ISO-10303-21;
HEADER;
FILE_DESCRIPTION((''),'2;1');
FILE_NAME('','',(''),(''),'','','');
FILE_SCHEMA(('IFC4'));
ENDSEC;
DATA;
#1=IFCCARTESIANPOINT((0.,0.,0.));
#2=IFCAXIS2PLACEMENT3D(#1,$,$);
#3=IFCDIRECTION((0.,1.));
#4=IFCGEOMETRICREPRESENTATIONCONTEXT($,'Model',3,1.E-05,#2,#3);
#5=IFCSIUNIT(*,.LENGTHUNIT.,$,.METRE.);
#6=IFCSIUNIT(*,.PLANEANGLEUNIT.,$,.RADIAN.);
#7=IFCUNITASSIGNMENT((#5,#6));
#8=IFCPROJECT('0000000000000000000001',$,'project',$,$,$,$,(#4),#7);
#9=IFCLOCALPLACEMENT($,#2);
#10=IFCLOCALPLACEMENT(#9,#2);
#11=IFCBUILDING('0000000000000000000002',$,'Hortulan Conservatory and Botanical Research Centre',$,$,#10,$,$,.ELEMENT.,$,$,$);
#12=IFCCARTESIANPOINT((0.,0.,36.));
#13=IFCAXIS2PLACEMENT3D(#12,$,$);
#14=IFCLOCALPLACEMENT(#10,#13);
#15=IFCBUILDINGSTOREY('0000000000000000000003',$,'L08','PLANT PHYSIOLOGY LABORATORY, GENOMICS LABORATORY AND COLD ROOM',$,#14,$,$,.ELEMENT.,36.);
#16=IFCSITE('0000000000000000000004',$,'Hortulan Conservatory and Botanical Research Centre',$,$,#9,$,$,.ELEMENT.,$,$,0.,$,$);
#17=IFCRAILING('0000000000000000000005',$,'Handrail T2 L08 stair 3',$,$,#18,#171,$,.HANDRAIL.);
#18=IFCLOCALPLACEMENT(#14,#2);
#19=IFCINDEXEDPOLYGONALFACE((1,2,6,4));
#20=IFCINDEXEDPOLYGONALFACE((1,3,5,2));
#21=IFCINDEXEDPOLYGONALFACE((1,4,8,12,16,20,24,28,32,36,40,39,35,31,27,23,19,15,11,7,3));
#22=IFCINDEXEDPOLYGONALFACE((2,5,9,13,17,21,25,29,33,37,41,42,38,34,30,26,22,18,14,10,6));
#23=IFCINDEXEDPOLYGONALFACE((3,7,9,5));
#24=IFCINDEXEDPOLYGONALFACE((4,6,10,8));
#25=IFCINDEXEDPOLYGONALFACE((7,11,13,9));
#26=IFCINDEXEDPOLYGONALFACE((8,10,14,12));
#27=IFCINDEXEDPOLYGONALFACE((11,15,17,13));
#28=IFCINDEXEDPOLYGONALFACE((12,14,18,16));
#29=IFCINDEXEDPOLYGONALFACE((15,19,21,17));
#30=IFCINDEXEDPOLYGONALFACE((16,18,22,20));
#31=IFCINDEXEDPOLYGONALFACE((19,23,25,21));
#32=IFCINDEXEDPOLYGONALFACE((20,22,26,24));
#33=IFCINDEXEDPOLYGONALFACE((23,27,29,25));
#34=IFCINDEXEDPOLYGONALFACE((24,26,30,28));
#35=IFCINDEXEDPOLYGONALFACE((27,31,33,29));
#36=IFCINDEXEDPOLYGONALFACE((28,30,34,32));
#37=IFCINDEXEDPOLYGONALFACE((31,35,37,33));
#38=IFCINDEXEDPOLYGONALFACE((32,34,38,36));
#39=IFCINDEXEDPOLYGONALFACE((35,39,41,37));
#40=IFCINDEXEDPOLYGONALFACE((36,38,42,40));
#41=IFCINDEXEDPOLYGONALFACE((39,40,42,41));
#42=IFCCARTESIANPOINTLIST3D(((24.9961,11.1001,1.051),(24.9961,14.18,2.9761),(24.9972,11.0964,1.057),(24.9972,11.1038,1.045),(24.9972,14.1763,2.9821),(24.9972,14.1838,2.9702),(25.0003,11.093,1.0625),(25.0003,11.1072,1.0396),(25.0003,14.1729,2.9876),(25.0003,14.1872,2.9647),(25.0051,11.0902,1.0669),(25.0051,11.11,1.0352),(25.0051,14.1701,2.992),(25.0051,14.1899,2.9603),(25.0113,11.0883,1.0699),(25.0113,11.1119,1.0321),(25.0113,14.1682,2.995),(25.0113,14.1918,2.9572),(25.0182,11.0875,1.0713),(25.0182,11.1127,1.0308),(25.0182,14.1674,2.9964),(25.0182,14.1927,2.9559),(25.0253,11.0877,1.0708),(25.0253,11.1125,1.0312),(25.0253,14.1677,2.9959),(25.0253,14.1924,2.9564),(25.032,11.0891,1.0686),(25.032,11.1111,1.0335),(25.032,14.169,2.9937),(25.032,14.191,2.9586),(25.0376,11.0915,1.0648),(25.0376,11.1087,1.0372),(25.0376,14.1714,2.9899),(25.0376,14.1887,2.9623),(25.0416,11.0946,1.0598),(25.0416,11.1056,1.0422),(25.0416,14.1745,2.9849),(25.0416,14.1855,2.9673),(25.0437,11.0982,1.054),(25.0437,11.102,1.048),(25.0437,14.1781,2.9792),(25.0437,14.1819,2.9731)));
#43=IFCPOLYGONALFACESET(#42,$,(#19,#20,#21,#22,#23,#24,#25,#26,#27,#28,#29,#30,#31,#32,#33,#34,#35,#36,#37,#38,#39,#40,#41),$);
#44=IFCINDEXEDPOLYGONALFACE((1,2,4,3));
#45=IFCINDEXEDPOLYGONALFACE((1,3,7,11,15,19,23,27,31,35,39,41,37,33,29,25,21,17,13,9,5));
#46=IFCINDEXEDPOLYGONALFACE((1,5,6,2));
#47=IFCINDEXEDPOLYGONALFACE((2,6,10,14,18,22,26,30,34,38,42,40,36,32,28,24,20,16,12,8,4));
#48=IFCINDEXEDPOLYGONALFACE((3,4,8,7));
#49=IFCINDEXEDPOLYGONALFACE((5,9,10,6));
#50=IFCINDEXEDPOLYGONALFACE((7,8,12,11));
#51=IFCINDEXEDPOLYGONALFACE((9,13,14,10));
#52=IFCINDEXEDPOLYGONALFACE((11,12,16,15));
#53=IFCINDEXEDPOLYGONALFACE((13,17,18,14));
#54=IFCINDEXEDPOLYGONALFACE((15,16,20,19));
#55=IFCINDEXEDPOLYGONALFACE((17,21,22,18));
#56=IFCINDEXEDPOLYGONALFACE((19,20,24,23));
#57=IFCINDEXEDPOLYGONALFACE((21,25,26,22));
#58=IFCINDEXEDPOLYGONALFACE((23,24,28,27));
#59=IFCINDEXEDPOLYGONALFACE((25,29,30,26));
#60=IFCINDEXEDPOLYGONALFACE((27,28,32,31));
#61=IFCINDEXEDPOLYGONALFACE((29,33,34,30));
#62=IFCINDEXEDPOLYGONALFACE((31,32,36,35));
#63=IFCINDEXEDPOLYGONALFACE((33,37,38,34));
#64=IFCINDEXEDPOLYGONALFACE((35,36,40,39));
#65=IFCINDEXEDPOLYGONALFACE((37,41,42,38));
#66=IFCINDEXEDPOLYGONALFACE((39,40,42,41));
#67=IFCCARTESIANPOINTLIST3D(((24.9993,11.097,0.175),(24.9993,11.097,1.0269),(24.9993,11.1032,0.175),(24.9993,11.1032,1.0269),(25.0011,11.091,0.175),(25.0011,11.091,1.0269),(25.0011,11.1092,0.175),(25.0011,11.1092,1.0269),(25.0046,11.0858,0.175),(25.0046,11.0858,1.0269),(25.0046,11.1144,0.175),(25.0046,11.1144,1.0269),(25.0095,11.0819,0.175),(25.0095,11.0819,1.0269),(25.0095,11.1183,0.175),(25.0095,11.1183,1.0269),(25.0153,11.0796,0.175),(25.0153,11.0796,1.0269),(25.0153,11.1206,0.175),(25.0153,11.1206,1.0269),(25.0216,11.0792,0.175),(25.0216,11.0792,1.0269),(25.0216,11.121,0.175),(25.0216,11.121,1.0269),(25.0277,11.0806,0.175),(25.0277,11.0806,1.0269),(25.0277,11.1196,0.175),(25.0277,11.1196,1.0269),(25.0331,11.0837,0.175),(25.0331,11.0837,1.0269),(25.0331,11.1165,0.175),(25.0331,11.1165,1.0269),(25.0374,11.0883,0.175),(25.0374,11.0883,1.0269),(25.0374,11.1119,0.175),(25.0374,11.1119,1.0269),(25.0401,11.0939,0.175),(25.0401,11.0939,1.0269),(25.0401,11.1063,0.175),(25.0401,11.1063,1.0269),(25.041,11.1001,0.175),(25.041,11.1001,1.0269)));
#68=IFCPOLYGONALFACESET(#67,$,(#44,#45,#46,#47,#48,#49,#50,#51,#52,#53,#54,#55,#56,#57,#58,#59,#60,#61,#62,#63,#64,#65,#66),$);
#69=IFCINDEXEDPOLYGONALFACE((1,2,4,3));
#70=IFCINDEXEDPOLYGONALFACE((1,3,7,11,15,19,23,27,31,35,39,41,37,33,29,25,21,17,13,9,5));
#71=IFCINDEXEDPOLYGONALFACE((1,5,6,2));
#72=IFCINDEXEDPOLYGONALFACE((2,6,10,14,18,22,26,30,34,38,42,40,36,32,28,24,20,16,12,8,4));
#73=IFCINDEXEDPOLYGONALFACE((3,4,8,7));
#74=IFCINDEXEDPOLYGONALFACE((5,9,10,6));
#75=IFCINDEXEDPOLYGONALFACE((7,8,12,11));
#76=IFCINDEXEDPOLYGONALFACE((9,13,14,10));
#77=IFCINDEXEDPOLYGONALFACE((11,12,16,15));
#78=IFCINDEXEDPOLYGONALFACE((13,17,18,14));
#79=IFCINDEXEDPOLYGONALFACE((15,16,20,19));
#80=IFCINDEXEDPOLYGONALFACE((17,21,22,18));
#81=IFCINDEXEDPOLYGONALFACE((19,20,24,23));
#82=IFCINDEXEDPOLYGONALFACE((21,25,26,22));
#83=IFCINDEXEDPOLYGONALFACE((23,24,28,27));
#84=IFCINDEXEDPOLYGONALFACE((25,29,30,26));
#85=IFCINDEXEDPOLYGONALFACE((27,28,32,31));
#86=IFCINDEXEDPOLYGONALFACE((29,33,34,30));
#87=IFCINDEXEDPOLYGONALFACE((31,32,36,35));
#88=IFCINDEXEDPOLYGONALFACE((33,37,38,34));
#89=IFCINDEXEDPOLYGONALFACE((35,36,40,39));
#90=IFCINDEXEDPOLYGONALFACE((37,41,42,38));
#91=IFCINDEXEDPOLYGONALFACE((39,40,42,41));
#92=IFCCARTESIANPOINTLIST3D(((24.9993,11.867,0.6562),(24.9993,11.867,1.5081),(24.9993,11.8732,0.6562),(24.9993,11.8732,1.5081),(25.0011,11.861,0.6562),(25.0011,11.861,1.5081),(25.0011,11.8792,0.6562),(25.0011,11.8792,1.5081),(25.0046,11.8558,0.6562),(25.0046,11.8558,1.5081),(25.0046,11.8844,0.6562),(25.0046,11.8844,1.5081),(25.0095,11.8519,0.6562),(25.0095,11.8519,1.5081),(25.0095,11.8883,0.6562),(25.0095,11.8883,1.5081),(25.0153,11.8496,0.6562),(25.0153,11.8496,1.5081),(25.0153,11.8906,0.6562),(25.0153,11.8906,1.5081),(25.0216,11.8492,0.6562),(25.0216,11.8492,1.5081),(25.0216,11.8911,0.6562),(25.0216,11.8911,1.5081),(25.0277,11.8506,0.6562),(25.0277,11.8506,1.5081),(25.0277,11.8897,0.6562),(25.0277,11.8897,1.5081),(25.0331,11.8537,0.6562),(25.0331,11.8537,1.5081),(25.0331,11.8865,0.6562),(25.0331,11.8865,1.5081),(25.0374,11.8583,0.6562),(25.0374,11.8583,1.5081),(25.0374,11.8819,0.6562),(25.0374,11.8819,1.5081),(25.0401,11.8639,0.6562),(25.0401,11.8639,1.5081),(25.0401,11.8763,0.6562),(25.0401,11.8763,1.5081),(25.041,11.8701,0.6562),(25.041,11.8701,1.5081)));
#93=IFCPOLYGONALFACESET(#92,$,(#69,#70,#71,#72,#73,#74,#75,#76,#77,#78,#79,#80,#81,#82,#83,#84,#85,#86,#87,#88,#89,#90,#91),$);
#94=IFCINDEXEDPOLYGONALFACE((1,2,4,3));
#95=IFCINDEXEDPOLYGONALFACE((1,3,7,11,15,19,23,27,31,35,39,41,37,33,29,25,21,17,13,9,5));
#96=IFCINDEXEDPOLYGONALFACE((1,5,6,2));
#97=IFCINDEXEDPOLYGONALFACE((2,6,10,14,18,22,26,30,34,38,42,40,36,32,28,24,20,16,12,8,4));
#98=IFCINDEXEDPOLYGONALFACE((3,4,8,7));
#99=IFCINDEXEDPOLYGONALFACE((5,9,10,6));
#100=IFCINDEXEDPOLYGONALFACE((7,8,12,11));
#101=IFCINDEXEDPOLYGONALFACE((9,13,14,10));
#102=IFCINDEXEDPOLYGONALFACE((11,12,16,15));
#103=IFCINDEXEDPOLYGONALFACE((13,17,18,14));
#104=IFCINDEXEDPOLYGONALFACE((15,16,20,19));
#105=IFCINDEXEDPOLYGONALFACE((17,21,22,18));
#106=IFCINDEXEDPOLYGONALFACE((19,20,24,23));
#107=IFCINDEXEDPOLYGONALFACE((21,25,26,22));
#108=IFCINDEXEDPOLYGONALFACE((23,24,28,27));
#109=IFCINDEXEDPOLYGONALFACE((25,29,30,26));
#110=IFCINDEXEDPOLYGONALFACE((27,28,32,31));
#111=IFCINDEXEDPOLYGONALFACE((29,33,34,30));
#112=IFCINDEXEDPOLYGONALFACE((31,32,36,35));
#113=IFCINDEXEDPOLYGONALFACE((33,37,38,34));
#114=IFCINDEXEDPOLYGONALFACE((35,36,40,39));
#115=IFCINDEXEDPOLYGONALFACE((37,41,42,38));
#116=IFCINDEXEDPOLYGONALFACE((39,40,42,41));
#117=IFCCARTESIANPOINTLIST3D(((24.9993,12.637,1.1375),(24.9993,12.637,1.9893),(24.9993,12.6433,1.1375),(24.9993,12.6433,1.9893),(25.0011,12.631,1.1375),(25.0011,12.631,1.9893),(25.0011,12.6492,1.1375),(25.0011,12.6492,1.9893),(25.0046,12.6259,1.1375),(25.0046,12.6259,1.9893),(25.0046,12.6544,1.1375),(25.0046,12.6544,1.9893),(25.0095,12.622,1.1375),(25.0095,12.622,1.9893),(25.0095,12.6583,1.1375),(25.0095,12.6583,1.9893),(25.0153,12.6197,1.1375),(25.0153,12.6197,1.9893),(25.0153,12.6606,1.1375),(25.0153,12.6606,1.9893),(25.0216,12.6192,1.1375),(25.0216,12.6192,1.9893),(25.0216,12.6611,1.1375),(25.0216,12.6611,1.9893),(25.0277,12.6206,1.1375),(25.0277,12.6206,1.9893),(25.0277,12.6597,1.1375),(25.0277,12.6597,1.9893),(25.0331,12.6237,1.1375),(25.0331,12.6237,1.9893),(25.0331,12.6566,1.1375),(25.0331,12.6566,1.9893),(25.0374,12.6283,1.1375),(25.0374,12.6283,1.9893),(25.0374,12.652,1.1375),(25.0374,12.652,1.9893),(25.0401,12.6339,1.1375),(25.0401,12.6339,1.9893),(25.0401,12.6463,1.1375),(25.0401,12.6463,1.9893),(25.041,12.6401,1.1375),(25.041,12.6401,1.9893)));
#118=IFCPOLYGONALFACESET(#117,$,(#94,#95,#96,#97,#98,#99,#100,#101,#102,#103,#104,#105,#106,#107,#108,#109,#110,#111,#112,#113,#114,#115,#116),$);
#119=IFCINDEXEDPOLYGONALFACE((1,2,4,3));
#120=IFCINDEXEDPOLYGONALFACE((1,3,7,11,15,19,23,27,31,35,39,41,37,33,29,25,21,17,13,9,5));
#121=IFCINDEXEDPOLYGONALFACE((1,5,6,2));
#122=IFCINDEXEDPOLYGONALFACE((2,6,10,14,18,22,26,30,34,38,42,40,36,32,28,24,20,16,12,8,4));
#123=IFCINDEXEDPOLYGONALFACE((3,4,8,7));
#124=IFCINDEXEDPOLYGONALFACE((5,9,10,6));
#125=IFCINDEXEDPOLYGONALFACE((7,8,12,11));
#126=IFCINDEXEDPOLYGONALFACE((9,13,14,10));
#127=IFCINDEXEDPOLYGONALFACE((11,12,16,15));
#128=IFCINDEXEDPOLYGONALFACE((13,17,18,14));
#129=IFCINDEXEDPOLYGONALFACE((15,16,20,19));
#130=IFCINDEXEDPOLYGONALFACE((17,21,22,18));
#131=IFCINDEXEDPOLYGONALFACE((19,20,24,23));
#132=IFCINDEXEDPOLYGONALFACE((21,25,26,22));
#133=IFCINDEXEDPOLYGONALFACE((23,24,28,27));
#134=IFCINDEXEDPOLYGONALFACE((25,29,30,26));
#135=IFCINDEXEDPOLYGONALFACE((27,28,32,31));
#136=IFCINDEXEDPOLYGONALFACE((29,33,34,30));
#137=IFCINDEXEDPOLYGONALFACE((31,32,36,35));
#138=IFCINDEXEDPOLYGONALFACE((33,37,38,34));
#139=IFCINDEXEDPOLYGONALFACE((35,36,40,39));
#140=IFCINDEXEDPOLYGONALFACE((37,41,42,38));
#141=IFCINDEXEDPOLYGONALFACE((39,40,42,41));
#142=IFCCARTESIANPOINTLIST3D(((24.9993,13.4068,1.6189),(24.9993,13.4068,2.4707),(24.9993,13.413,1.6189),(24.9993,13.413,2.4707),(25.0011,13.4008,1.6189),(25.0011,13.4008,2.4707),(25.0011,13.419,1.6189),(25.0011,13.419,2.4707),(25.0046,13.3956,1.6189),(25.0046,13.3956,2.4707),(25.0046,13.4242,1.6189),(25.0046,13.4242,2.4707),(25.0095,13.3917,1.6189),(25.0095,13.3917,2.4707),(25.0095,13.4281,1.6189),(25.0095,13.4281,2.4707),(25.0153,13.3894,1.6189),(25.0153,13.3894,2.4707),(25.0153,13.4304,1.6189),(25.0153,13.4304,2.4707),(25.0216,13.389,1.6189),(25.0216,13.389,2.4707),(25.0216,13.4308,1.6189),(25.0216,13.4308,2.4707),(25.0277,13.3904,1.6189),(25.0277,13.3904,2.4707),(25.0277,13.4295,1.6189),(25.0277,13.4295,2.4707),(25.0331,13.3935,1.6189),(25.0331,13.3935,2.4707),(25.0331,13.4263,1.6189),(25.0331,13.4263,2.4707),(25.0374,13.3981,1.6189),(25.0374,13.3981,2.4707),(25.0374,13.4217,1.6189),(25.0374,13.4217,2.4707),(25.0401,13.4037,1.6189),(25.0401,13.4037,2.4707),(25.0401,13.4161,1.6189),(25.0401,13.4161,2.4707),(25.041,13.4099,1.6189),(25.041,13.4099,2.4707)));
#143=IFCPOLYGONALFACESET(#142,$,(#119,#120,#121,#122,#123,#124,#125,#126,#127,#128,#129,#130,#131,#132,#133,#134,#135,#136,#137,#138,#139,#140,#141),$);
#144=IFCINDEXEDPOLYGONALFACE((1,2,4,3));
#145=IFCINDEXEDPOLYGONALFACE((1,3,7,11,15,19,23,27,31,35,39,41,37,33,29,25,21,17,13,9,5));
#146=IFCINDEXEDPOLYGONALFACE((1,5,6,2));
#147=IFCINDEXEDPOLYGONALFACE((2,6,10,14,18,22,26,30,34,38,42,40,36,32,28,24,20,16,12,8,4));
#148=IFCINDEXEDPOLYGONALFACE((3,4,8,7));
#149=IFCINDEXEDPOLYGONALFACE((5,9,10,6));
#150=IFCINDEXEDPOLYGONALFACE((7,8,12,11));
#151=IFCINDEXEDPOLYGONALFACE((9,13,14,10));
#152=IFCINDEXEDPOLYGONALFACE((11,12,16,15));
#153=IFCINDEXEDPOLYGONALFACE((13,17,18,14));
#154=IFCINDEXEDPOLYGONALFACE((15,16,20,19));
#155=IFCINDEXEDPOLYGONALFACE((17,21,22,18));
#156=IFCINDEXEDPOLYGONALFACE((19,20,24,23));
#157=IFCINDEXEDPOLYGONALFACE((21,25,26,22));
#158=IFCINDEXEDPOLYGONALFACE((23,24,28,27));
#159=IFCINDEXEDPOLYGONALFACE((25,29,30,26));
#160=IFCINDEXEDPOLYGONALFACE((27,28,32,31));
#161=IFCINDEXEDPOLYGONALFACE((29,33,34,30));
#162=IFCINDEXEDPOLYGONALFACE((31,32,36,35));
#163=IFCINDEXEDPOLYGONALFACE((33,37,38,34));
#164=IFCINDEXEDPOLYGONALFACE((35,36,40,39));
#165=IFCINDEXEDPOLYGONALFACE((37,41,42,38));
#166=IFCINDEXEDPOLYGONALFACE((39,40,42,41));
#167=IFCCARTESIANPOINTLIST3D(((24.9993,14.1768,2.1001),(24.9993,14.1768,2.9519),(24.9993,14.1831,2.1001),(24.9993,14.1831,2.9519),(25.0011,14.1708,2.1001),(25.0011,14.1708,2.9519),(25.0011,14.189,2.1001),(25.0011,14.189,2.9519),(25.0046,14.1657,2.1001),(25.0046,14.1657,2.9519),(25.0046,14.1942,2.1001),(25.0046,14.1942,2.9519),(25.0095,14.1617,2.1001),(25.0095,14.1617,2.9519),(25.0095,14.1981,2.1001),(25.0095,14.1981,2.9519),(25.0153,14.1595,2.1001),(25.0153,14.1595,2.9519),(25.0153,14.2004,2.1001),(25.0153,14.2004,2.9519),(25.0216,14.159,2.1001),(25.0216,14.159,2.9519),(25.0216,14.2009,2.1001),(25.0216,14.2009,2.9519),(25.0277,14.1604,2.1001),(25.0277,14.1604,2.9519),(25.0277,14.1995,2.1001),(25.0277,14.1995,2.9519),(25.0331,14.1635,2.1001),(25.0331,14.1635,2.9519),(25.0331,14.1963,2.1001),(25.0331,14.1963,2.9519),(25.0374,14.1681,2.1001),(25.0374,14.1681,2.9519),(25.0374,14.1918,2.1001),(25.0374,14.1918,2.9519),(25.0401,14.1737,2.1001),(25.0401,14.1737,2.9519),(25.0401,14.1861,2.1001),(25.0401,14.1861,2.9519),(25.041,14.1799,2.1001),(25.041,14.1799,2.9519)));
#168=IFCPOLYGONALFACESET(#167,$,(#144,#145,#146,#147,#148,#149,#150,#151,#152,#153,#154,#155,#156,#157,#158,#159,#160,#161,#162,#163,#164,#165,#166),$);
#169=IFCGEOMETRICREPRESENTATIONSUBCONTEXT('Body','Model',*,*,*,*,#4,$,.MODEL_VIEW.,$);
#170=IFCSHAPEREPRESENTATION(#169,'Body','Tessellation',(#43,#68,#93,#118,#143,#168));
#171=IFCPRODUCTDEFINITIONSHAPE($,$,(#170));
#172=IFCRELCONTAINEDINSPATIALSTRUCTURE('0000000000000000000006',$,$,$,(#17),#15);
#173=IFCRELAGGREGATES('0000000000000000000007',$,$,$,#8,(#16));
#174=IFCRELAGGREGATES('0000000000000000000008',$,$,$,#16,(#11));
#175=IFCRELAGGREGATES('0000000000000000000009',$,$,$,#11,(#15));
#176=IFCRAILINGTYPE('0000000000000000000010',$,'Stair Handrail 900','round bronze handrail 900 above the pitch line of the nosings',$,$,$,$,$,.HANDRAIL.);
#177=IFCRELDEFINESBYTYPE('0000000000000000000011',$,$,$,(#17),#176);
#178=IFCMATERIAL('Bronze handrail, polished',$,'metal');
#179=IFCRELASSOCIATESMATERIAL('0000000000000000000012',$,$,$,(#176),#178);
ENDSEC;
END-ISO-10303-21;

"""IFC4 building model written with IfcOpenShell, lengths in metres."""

from ifc_helpers import new_model, si_unit, direction, frame, origin, origin_2d, place, context, subcontext, project, spatial, circle, extrude, material, type_object, element, save


model = new_model("IFC4")

# Units and contexts
model_context = context("Model", 3, precision=1e-05, world=origin(), true_north=direction((0.0, 1.0)))
body_context = subcontext(model_context, "Body", "Model", "MODEL_VIEW")
ifc_project = project(units=[si_unit("LENGTHUNIT", "METRE"), si_unit("PLANEANGLEUNIT", "RADIAN")], contexts=[model_context])

# Site, building, storey
site_placement = place(None, origin())
site = spatial("IfcSite", under=ifc_project, at=site_placement, Name="Hortulan Conservatory and Botanical Research Centre", CompositionType="ELEMENT", RefElevation=0.0)
building_placement = place(site_placement, origin())
building = spatial("IfcBuilding", under=site, at=building_placement, Name="Hortulan Conservatory and Botanical Research Centre", CompositionType="ELEMENT")
storey_placement = place(building_placement, frame((0.0, 0.0, 36.0)))
storey = spatial("IfcBuildingStorey", under=building, at=storey_placement, Name="L08", Description="PLANT PHYSIOLOGY LABORATORY, GENOMICS LABORATORY AND COLD ROOM", CompositionType="ELEMENT", Elevation=36.0)

# Railing
ifc_material_1 = material(Name="Bronze handrail, polished", Category="metal")
railing_type_1 = type_object("IfcRailingType", Name="Stair Handrail 900", Description="round bronze handrail 900 above the pitch line of the nosings", PredefinedType="HANDRAIL", material=ifc_material_1)
railing_1_placement = place(storey_placement, frame((25.02, 11.1001, 0.175)))
element("IfcRailing", 1, at=railing_1_placement, inside=storey, type_object=railing_type_1, Name="Handrail T2 L08 stair 3", PredefinedType="HANDRAIL", context=body_context, shape_type="SweptSolid", body=[
    extrude(circle(Radius=0.0239, at=origin_2d()), frame((0.0, 0.0, 0.876), z_axis=(0.0, 0.847979, 0.530029), x_axis=(-1.0, 0.0, 0.0)), (0.0, 0.0, 1.0), 3.6321),
    extrude(circle(Radius=0.021, at=origin_2d()), origin(), (0.0, 0.0, 1.0), 0.8518),
    extrude(circle(Radius=0.021, at=origin_2d()), frame((0.0, 0.77, 0.4812)), (0.0, 0.0, 1.0), 0.8518),
    extrude(circle(Radius=0.021, at=origin_2d()), frame((0.0, 1.54, 0.9624)), (0.0, 0.0, 1.0), 0.8518),
    extrude(circle(Radius=0.021, at=origin_2d()), frame((0.0, 2.3098, 1.4438)), (0.0, 0.0, 1.0), 0.8518),
    extrude(circle(Radius=0.021, at=origin_2d()), frame((0.0, 3.0798, 1.925)), (0.0, 0.0, 1.0), 0.8518),
])

save(model, "model.ifc")
